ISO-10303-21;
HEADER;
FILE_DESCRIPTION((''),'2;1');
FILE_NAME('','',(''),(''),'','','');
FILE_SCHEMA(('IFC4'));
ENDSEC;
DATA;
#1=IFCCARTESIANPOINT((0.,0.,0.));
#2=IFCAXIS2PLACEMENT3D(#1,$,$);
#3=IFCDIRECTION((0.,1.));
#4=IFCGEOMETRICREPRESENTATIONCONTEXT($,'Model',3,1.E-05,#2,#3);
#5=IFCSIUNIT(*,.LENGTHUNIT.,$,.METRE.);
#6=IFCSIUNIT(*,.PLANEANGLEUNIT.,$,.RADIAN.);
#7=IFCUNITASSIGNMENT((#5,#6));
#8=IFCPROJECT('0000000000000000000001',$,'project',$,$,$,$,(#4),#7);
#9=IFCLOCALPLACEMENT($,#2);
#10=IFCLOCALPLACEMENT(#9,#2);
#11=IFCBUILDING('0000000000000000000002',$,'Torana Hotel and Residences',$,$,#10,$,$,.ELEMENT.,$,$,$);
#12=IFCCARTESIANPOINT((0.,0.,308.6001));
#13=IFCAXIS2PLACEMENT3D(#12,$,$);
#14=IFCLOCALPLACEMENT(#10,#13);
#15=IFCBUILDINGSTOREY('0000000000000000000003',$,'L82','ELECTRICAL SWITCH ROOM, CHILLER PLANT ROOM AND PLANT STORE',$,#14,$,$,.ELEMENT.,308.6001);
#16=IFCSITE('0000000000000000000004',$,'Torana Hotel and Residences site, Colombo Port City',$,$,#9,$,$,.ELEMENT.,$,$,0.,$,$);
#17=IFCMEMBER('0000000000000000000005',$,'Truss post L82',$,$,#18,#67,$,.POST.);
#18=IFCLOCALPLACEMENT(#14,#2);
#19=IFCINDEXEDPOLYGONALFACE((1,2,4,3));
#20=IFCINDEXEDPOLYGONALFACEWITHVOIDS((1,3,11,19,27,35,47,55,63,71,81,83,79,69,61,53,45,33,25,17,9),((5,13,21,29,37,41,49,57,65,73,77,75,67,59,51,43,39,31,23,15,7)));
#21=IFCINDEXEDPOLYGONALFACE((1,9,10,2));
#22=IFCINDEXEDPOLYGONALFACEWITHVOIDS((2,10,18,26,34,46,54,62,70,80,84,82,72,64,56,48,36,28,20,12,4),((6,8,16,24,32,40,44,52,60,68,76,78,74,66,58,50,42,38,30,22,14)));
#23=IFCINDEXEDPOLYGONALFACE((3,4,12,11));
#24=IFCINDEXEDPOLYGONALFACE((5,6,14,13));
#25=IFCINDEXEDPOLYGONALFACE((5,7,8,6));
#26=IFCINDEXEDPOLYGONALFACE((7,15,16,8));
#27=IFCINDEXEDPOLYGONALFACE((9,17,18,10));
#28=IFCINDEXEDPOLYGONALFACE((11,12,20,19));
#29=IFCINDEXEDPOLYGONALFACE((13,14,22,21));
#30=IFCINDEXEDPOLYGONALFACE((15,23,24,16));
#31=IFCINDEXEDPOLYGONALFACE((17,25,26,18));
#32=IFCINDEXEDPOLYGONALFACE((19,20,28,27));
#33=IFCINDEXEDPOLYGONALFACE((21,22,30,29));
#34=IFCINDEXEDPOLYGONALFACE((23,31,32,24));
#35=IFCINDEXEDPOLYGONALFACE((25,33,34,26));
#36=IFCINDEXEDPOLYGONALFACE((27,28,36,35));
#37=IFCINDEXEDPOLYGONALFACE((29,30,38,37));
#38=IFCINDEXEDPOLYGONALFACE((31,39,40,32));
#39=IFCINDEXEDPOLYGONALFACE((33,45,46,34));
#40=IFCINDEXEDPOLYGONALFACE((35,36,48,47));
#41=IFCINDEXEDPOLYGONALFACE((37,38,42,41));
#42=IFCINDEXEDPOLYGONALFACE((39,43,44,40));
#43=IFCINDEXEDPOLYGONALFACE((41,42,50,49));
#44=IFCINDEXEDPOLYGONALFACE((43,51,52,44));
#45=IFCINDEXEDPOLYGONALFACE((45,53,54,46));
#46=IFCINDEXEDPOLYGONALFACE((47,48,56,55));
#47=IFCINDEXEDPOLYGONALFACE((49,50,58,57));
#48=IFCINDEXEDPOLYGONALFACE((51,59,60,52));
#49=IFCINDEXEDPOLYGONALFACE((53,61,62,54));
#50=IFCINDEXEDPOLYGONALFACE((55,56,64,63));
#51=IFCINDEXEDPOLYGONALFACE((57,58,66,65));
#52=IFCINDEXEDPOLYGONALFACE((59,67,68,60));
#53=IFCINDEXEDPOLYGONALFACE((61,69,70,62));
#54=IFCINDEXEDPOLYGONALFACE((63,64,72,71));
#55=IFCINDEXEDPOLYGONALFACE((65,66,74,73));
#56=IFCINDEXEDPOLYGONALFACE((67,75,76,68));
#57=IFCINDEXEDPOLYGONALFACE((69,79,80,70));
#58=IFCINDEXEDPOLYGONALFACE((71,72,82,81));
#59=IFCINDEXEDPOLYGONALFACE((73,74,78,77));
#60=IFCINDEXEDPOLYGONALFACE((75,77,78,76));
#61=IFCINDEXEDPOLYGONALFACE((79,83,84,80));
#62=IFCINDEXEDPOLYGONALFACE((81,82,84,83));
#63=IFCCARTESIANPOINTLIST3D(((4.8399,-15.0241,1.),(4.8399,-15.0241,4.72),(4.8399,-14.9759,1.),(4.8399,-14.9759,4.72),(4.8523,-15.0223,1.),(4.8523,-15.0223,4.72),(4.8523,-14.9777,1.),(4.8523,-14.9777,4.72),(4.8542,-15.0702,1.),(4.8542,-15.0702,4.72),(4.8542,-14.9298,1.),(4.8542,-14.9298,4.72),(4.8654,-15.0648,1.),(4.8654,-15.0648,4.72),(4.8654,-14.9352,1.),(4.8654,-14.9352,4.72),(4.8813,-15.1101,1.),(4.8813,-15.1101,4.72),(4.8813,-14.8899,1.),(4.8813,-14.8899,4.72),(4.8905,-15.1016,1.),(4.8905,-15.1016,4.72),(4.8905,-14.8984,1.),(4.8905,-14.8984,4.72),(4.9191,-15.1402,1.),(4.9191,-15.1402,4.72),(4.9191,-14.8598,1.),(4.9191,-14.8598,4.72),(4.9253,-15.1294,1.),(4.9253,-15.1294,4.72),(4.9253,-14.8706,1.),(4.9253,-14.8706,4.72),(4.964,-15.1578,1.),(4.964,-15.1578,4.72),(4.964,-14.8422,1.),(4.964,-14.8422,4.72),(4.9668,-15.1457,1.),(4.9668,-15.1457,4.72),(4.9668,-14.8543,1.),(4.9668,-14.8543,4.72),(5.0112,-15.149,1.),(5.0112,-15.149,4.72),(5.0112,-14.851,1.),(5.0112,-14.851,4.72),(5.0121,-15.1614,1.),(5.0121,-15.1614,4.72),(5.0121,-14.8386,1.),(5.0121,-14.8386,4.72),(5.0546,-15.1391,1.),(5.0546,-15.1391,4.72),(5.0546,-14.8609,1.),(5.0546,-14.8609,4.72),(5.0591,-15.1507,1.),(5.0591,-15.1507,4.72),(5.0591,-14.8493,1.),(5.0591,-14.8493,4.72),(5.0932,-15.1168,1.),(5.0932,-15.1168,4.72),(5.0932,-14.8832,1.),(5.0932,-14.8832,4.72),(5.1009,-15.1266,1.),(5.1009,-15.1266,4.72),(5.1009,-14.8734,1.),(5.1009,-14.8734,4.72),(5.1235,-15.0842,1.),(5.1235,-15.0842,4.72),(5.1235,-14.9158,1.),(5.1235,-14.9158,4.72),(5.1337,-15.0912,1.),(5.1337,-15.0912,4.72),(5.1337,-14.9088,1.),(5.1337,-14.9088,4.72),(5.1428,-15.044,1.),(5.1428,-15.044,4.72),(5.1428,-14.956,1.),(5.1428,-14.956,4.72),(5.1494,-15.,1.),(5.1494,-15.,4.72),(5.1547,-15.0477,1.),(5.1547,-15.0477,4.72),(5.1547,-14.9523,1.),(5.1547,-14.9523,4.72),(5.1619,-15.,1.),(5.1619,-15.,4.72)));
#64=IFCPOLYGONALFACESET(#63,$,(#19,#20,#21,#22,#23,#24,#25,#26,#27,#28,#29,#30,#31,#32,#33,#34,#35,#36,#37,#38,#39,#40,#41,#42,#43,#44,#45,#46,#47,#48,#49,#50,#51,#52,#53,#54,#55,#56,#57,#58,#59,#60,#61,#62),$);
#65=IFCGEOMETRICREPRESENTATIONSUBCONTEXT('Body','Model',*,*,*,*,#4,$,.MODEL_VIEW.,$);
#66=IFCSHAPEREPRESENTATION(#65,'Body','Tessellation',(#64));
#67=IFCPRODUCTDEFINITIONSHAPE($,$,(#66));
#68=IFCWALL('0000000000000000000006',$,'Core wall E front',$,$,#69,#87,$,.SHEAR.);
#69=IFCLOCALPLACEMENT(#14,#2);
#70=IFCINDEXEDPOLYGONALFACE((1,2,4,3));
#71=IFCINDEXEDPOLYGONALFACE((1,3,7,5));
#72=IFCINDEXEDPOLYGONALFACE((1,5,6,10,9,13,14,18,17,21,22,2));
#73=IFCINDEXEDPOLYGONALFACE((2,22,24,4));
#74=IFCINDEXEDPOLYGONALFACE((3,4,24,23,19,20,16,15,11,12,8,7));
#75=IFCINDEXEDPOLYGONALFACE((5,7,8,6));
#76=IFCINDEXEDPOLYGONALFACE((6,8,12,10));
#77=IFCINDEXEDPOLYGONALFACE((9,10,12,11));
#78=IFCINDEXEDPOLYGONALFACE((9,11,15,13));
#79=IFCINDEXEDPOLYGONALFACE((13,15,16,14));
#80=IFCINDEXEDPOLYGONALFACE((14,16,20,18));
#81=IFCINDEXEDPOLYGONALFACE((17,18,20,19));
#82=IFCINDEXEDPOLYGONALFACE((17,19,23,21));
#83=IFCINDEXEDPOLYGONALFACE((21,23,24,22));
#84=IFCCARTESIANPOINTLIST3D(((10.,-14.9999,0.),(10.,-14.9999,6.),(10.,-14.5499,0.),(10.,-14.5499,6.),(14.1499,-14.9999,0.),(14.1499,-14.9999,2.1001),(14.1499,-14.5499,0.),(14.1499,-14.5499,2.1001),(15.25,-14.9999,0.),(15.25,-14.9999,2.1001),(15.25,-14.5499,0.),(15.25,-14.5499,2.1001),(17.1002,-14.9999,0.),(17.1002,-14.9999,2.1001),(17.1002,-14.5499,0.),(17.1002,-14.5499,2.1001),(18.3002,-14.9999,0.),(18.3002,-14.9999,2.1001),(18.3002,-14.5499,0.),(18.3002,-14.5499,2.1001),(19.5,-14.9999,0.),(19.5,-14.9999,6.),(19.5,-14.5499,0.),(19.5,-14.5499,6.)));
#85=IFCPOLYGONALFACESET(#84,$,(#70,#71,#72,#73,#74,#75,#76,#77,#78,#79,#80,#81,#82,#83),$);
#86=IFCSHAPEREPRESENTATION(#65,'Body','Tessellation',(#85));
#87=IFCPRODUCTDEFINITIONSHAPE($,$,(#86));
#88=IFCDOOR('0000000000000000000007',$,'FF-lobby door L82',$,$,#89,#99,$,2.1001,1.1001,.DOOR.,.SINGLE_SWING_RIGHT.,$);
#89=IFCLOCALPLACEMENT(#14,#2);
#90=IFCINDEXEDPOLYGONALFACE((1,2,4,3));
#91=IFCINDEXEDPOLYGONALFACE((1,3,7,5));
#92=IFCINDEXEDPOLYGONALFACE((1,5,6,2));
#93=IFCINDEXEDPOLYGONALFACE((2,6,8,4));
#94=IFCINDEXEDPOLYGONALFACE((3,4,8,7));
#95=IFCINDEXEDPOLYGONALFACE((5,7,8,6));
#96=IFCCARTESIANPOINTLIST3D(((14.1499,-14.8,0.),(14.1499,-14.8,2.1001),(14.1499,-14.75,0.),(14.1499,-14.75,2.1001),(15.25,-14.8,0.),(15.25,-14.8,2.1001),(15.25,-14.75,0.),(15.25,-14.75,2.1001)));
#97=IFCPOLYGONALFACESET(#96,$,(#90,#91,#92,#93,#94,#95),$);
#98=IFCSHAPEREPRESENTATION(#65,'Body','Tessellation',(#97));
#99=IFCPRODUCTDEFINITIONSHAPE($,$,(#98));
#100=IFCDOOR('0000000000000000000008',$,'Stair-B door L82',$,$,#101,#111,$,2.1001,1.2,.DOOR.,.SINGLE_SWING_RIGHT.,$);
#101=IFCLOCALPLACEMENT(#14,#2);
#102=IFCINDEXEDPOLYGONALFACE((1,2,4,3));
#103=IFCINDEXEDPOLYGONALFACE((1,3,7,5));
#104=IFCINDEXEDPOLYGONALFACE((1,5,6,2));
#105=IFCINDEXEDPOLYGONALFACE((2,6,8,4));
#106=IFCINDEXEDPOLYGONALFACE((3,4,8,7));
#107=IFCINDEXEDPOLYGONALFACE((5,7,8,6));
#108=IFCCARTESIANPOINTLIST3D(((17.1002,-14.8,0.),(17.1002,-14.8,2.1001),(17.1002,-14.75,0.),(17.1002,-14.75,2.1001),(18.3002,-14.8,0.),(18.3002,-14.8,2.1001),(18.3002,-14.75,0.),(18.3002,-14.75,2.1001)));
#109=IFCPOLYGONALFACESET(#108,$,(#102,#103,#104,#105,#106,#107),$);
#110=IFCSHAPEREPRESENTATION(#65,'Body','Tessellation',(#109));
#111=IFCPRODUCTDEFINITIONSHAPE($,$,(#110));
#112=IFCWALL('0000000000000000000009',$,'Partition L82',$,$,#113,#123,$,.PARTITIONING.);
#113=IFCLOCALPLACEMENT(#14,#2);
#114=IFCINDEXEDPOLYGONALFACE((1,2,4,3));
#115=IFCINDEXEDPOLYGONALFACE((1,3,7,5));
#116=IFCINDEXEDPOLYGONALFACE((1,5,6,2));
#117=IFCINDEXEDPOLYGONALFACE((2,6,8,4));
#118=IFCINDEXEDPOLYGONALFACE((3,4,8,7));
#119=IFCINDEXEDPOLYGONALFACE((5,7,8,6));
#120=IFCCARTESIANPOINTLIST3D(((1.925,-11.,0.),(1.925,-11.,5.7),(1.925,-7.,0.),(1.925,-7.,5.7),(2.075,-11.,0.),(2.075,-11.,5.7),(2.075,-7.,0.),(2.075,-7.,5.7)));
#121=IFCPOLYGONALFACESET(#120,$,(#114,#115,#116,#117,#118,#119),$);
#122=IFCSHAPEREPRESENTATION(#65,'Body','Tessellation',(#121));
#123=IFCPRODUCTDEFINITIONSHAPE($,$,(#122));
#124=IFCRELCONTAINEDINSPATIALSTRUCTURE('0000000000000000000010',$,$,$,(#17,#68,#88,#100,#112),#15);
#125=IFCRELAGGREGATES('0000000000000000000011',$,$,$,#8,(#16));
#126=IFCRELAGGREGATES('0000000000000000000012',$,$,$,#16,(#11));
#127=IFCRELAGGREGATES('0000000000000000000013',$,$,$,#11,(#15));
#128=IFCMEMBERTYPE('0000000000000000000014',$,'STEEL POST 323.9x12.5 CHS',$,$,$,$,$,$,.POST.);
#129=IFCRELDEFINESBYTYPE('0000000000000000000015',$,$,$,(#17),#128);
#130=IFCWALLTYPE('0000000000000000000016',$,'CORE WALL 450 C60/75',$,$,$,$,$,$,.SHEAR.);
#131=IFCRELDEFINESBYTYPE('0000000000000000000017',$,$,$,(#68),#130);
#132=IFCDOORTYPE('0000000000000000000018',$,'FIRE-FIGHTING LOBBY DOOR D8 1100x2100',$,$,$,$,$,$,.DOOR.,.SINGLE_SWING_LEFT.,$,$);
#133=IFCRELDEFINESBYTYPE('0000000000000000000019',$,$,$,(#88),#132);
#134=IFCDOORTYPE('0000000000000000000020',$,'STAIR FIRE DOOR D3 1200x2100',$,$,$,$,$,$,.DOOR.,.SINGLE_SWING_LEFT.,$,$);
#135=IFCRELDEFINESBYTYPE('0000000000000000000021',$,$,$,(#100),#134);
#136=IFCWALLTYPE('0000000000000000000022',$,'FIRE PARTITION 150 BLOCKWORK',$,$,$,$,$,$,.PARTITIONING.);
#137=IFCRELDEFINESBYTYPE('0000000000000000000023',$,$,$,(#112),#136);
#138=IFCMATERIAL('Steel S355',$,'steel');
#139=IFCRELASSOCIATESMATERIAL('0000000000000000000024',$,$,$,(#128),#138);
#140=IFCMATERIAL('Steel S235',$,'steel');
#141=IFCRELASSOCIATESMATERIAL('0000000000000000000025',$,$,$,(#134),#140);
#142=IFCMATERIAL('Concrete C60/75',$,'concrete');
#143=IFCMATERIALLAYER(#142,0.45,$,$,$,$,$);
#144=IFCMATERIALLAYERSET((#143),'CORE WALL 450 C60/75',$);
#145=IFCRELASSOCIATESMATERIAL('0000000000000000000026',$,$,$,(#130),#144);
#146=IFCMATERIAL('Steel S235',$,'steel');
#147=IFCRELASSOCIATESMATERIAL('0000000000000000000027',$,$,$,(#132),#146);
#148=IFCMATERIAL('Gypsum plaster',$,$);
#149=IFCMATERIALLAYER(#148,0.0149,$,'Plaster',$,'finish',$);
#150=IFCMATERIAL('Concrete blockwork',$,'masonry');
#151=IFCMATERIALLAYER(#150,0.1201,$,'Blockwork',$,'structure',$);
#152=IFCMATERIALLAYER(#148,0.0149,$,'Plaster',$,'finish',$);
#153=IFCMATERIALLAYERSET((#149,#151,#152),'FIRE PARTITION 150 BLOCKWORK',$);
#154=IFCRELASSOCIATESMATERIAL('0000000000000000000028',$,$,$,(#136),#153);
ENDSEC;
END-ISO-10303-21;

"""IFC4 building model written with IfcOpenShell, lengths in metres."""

from ifc_helpers import new_model, si_unit, direction, frame, frame_2d, origin, origin_2d, place, context, subcontext, project, spatial, rectangle, hollow_circle, extrude, material, layer, layer_set, material_profile, profile_set, type_object, element, fill, save


model = new_model("IFC4")

# Units and contexts
model_context = context("Model", 3, precision=1e-05, world=origin(), true_north=direction((0.0, 1.0)))
body_context = subcontext(model_context, "Body", "Model", "MODEL_VIEW")
ifc_project = project(units=[si_unit("LENGTHUNIT", "METRE"), si_unit("PLANEANGLEUNIT", "RADIAN")], contexts=[model_context])

# Site, building, storey
site_placement = place(None, origin())
site = spatial("IfcSite", under=ifc_project, at=site_placement, Name="Torana Hotel and Residences site, Colombo Port City", CompositionType="ELEMENT", RefElevation=0.0)
building_placement = place(site_placement, origin())
building = spatial("IfcBuilding", under=site, at=building_placement, Name="Torana Hotel and Residences", CompositionType="ELEMENT")
storey_placement = place(building_placement, frame((0.0, 0.0, 308.6001)))
storey = spatial("IfcBuildingStorey", under=building, at=storey_placement, Name="L82", Description="ELECTRICAL SWITCH ROOM, CHILLER PLANT ROOM AND PLANT STORE", CompositionType="ELEMENT", Elevation=308.6001)

# Member
ifc_material_1 = material(Name="Steel S355", Category="steel")
ifc_material_profile_1 = material_profile(ifc_material_1, hollow_circle(Radius=0.1619, WallThickness=0.0125, at=origin_2d()), Name="323.9x12.5 CHS")
ifc_profile_set_1 = profile_set([ifc_material_profile_1], Name="Steel S355")
member_type_1 = type_object("IfcMemberType", Name="STEEL POST 323.9x12.5 CHS", PredefinedType="POST", material=ifc_profile_set_1)
for number, where, z_axis, x_axis, name in (
    (1, (5.0, -15.0, 1.0), (0.0, 0.0, 1.0), (1.0, 0.0, 0.0), "Truss post L82"),
):
    element("IfcMember", number, at=place(storey_placement, frame(where, z_axis=z_axis, x_axis=x_axis)), inside=storey, type_object=member_type_1, Name=name, PredefinedType="POST", context=body_context, shape_type="SweptSolid", body=[
        extrude(hollow_circle(Radius=0.1619, WallThickness=0.0125, at=origin_2d()), origin(), (0.0, 0.0, 1.0), 3.72),
    ])

# Wall, openings, doors
ifc_material_2 = material(Name="Steel S235", Category="steel")
door_type_1 = type_object("IfcDoorType", Name="STAIR FIRE DOOR D3 1200x2100", OperationType="SINGLE_SWING_LEFT", PredefinedType="DOOR", material=ifc_material_2)
ifc_material_3 = material(Name="Concrete C60/75", Category="concrete")
ifc_layer_1 = layer(ifc_material_3, 0.45)
ifc_layer_set_1 = layer_set([ifc_layer_1], Name="CORE WALL 450 C60/75")
wall_type_1 = type_object("IfcWallType", Name="CORE WALL 450 C60/75", PredefinedType="SHEAR", material=ifc_layer_set_1)
wall_1_placement = place(storey_placement, frame((10.0, -14.7749, 0.0), z_axis=(0.0, 0.0, 1.0), x_axis=(1.0, 0.0, 0.0)))
wall_1 = element("IfcWall", 2, at=wall_1_placement, inside=storey, type_object=wall_type_1, Name="Core wall E front", PredefinedType="SHEAR", context=body_context, shape_type="SweptSolid", body=[
    extrude(rectangle(XDim=9.5, YDim=0.45, at=frame_2d((4.75, 0.0))), origin(), (0.0, 0.0, 1.0), 6.0),
])
opening_1_placement = place(wall_1_placement, frame((7.1001, 0.0, 0.0)))
opening_1 = element("IfcOpeningElement", 3, at=opening_1_placement, cuts=wall_1, PredefinedType="OPENING", context=body_context, shape_type="SweptSolid", body=[
    extrude(rectangle(XDim=1.2, YDim=2.1001, at=frame_2d((0.6001, 1.05))), frame((0.0, 0.2349, 0.0), z_axis=(0.0, -1.0, 0.0), x_axis=(1.0, 0.0, 0.0)), (0.0, 0.0, 1.0), 0.47),
])
opening_2_placement = place(wall_1_placement, frame((4.1499, 0.0, 0.0)))
opening_2 = element("IfcOpeningElement", 4, at=opening_2_placement, cuts=wall_1, PredefinedType="OPENING", context=body_context, shape_type="SweptSolid", body=[
    extrude(rectangle(XDim=1.1001, YDim=2.1001, at=frame_2d((0.55, 1.05))), frame((0.0, 0.2349, 0.0), z_axis=(0.0, -1.0, 0.0), x_axis=(1.0, 0.0, 0.0)), (0.0, 0.0, 1.0), 0.47),
])
ifc_material_4 = material(Name="Steel S235", Category="steel")
door_type_2 = type_object("IfcDoorType", Name="FIRE-FIGHTING LOBBY DOOR D8 1100x2100", OperationType="SINGLE_SWING_LEFT", PredefinedType="DOOR", material=ifc_material_4)
door_1_placement = place(opening_2_placement, origin())
door_1 = element("IfcDoor", 5, at=door_1_placement, inside=storey, type_object=door_type_2, Name="FF-lobby door L82", OperationType="SINGLE_SWING_RIGHT", OverallHeight=2.1001, OverallWidth=1.1001, PredefinedType="DOOR", context=body_context, shape_type="SweptSolid", body=[
    extrude(rectangle(XDim=1.1001, YDim=2.1001, at=frame_2d((0.55, 1.05))), frame((0.0, 0.0249, 0.0), z_axis=(0.0, -1.0, 0.0), x_axis=(1.0, 0.0, 0.0)), (0.0, 0.0, 1.0), 0.05),
])
fill(opening_2, door_1)
door_2_placement = place(opening_1_placement, origin())
door_2 = element("IfcDoor", 6, at=door_2_placement, inside=storey, type_object=door_type_1, Name="Stair-B door L82", OperationType="SINGLE_SWING_RIGHT", OverallHeight=2.1001, OverallWidth=1.2, PredefinedType="DOOR", context=body_context, shape_type="SweptSolid", body=[
    extrude(rectangle(XDim=1.2, YDim=2.1001, at=frame_2d((0.6001, 1.05))), frame((0.0, 0.0249, 0.0), z_axis=(0.0, -1.0, 0.0), x_axis=(1.0, 0.0, 0.0)), (0.0, 0.0, 1.0), 0.05),
])
fill(opening_1, door_2)

# Wall
ifc_material_5 = material(Name="Gypsum plaster")
ifc_layer_2 = layer(ifc_material_5, 0.0149, Name="Plaster", Category="finish")
ifc_material_6 = material(Name="Concrete blockwork", Category="masonry")
ifc_layer_3 = layer(ifc_material_6, 0.1201, Name="Blockwork", Category="structure")
ifc_layer_4 = layer(ifc_material_5, 0.0149, Name="Plaster", Category="finish")
ifc_layer_set_2 = layer_set([ifc_layer_2, ifc_layer_3, ifc_layer_4], Name="FIRE PARTITION 150 BLOCKWORK")
wall_type_2 = type_object("IfcWallType", Name="FIRE PARTITION 150 BLOCKWORK", PredefinedType="PARTITIONING", material=ifc_layer_set_2)
wall_2_placement = place(storey_placement, frame((2.0, -11.0, 0.0), z_axis=(0.0, 0.0, 1.0), x_axis=(0.0, 1.0, 0.0)))
element("IfcWall", 7, at=wall_2_placement, inside=storey, type_object=wall_type_2, Name="Partition L82", PredefinedType="PARTITIONING", context=body_context, shape_type="SweptSolid", body=[
    extrude(rectangle(XDim=4.0, YDim=0.1499, at=frame_2d((2.0, 0.0))), origin(), (0.0, 0.0, 1.0), 5.7),
])

save(model, "model.ifc")
